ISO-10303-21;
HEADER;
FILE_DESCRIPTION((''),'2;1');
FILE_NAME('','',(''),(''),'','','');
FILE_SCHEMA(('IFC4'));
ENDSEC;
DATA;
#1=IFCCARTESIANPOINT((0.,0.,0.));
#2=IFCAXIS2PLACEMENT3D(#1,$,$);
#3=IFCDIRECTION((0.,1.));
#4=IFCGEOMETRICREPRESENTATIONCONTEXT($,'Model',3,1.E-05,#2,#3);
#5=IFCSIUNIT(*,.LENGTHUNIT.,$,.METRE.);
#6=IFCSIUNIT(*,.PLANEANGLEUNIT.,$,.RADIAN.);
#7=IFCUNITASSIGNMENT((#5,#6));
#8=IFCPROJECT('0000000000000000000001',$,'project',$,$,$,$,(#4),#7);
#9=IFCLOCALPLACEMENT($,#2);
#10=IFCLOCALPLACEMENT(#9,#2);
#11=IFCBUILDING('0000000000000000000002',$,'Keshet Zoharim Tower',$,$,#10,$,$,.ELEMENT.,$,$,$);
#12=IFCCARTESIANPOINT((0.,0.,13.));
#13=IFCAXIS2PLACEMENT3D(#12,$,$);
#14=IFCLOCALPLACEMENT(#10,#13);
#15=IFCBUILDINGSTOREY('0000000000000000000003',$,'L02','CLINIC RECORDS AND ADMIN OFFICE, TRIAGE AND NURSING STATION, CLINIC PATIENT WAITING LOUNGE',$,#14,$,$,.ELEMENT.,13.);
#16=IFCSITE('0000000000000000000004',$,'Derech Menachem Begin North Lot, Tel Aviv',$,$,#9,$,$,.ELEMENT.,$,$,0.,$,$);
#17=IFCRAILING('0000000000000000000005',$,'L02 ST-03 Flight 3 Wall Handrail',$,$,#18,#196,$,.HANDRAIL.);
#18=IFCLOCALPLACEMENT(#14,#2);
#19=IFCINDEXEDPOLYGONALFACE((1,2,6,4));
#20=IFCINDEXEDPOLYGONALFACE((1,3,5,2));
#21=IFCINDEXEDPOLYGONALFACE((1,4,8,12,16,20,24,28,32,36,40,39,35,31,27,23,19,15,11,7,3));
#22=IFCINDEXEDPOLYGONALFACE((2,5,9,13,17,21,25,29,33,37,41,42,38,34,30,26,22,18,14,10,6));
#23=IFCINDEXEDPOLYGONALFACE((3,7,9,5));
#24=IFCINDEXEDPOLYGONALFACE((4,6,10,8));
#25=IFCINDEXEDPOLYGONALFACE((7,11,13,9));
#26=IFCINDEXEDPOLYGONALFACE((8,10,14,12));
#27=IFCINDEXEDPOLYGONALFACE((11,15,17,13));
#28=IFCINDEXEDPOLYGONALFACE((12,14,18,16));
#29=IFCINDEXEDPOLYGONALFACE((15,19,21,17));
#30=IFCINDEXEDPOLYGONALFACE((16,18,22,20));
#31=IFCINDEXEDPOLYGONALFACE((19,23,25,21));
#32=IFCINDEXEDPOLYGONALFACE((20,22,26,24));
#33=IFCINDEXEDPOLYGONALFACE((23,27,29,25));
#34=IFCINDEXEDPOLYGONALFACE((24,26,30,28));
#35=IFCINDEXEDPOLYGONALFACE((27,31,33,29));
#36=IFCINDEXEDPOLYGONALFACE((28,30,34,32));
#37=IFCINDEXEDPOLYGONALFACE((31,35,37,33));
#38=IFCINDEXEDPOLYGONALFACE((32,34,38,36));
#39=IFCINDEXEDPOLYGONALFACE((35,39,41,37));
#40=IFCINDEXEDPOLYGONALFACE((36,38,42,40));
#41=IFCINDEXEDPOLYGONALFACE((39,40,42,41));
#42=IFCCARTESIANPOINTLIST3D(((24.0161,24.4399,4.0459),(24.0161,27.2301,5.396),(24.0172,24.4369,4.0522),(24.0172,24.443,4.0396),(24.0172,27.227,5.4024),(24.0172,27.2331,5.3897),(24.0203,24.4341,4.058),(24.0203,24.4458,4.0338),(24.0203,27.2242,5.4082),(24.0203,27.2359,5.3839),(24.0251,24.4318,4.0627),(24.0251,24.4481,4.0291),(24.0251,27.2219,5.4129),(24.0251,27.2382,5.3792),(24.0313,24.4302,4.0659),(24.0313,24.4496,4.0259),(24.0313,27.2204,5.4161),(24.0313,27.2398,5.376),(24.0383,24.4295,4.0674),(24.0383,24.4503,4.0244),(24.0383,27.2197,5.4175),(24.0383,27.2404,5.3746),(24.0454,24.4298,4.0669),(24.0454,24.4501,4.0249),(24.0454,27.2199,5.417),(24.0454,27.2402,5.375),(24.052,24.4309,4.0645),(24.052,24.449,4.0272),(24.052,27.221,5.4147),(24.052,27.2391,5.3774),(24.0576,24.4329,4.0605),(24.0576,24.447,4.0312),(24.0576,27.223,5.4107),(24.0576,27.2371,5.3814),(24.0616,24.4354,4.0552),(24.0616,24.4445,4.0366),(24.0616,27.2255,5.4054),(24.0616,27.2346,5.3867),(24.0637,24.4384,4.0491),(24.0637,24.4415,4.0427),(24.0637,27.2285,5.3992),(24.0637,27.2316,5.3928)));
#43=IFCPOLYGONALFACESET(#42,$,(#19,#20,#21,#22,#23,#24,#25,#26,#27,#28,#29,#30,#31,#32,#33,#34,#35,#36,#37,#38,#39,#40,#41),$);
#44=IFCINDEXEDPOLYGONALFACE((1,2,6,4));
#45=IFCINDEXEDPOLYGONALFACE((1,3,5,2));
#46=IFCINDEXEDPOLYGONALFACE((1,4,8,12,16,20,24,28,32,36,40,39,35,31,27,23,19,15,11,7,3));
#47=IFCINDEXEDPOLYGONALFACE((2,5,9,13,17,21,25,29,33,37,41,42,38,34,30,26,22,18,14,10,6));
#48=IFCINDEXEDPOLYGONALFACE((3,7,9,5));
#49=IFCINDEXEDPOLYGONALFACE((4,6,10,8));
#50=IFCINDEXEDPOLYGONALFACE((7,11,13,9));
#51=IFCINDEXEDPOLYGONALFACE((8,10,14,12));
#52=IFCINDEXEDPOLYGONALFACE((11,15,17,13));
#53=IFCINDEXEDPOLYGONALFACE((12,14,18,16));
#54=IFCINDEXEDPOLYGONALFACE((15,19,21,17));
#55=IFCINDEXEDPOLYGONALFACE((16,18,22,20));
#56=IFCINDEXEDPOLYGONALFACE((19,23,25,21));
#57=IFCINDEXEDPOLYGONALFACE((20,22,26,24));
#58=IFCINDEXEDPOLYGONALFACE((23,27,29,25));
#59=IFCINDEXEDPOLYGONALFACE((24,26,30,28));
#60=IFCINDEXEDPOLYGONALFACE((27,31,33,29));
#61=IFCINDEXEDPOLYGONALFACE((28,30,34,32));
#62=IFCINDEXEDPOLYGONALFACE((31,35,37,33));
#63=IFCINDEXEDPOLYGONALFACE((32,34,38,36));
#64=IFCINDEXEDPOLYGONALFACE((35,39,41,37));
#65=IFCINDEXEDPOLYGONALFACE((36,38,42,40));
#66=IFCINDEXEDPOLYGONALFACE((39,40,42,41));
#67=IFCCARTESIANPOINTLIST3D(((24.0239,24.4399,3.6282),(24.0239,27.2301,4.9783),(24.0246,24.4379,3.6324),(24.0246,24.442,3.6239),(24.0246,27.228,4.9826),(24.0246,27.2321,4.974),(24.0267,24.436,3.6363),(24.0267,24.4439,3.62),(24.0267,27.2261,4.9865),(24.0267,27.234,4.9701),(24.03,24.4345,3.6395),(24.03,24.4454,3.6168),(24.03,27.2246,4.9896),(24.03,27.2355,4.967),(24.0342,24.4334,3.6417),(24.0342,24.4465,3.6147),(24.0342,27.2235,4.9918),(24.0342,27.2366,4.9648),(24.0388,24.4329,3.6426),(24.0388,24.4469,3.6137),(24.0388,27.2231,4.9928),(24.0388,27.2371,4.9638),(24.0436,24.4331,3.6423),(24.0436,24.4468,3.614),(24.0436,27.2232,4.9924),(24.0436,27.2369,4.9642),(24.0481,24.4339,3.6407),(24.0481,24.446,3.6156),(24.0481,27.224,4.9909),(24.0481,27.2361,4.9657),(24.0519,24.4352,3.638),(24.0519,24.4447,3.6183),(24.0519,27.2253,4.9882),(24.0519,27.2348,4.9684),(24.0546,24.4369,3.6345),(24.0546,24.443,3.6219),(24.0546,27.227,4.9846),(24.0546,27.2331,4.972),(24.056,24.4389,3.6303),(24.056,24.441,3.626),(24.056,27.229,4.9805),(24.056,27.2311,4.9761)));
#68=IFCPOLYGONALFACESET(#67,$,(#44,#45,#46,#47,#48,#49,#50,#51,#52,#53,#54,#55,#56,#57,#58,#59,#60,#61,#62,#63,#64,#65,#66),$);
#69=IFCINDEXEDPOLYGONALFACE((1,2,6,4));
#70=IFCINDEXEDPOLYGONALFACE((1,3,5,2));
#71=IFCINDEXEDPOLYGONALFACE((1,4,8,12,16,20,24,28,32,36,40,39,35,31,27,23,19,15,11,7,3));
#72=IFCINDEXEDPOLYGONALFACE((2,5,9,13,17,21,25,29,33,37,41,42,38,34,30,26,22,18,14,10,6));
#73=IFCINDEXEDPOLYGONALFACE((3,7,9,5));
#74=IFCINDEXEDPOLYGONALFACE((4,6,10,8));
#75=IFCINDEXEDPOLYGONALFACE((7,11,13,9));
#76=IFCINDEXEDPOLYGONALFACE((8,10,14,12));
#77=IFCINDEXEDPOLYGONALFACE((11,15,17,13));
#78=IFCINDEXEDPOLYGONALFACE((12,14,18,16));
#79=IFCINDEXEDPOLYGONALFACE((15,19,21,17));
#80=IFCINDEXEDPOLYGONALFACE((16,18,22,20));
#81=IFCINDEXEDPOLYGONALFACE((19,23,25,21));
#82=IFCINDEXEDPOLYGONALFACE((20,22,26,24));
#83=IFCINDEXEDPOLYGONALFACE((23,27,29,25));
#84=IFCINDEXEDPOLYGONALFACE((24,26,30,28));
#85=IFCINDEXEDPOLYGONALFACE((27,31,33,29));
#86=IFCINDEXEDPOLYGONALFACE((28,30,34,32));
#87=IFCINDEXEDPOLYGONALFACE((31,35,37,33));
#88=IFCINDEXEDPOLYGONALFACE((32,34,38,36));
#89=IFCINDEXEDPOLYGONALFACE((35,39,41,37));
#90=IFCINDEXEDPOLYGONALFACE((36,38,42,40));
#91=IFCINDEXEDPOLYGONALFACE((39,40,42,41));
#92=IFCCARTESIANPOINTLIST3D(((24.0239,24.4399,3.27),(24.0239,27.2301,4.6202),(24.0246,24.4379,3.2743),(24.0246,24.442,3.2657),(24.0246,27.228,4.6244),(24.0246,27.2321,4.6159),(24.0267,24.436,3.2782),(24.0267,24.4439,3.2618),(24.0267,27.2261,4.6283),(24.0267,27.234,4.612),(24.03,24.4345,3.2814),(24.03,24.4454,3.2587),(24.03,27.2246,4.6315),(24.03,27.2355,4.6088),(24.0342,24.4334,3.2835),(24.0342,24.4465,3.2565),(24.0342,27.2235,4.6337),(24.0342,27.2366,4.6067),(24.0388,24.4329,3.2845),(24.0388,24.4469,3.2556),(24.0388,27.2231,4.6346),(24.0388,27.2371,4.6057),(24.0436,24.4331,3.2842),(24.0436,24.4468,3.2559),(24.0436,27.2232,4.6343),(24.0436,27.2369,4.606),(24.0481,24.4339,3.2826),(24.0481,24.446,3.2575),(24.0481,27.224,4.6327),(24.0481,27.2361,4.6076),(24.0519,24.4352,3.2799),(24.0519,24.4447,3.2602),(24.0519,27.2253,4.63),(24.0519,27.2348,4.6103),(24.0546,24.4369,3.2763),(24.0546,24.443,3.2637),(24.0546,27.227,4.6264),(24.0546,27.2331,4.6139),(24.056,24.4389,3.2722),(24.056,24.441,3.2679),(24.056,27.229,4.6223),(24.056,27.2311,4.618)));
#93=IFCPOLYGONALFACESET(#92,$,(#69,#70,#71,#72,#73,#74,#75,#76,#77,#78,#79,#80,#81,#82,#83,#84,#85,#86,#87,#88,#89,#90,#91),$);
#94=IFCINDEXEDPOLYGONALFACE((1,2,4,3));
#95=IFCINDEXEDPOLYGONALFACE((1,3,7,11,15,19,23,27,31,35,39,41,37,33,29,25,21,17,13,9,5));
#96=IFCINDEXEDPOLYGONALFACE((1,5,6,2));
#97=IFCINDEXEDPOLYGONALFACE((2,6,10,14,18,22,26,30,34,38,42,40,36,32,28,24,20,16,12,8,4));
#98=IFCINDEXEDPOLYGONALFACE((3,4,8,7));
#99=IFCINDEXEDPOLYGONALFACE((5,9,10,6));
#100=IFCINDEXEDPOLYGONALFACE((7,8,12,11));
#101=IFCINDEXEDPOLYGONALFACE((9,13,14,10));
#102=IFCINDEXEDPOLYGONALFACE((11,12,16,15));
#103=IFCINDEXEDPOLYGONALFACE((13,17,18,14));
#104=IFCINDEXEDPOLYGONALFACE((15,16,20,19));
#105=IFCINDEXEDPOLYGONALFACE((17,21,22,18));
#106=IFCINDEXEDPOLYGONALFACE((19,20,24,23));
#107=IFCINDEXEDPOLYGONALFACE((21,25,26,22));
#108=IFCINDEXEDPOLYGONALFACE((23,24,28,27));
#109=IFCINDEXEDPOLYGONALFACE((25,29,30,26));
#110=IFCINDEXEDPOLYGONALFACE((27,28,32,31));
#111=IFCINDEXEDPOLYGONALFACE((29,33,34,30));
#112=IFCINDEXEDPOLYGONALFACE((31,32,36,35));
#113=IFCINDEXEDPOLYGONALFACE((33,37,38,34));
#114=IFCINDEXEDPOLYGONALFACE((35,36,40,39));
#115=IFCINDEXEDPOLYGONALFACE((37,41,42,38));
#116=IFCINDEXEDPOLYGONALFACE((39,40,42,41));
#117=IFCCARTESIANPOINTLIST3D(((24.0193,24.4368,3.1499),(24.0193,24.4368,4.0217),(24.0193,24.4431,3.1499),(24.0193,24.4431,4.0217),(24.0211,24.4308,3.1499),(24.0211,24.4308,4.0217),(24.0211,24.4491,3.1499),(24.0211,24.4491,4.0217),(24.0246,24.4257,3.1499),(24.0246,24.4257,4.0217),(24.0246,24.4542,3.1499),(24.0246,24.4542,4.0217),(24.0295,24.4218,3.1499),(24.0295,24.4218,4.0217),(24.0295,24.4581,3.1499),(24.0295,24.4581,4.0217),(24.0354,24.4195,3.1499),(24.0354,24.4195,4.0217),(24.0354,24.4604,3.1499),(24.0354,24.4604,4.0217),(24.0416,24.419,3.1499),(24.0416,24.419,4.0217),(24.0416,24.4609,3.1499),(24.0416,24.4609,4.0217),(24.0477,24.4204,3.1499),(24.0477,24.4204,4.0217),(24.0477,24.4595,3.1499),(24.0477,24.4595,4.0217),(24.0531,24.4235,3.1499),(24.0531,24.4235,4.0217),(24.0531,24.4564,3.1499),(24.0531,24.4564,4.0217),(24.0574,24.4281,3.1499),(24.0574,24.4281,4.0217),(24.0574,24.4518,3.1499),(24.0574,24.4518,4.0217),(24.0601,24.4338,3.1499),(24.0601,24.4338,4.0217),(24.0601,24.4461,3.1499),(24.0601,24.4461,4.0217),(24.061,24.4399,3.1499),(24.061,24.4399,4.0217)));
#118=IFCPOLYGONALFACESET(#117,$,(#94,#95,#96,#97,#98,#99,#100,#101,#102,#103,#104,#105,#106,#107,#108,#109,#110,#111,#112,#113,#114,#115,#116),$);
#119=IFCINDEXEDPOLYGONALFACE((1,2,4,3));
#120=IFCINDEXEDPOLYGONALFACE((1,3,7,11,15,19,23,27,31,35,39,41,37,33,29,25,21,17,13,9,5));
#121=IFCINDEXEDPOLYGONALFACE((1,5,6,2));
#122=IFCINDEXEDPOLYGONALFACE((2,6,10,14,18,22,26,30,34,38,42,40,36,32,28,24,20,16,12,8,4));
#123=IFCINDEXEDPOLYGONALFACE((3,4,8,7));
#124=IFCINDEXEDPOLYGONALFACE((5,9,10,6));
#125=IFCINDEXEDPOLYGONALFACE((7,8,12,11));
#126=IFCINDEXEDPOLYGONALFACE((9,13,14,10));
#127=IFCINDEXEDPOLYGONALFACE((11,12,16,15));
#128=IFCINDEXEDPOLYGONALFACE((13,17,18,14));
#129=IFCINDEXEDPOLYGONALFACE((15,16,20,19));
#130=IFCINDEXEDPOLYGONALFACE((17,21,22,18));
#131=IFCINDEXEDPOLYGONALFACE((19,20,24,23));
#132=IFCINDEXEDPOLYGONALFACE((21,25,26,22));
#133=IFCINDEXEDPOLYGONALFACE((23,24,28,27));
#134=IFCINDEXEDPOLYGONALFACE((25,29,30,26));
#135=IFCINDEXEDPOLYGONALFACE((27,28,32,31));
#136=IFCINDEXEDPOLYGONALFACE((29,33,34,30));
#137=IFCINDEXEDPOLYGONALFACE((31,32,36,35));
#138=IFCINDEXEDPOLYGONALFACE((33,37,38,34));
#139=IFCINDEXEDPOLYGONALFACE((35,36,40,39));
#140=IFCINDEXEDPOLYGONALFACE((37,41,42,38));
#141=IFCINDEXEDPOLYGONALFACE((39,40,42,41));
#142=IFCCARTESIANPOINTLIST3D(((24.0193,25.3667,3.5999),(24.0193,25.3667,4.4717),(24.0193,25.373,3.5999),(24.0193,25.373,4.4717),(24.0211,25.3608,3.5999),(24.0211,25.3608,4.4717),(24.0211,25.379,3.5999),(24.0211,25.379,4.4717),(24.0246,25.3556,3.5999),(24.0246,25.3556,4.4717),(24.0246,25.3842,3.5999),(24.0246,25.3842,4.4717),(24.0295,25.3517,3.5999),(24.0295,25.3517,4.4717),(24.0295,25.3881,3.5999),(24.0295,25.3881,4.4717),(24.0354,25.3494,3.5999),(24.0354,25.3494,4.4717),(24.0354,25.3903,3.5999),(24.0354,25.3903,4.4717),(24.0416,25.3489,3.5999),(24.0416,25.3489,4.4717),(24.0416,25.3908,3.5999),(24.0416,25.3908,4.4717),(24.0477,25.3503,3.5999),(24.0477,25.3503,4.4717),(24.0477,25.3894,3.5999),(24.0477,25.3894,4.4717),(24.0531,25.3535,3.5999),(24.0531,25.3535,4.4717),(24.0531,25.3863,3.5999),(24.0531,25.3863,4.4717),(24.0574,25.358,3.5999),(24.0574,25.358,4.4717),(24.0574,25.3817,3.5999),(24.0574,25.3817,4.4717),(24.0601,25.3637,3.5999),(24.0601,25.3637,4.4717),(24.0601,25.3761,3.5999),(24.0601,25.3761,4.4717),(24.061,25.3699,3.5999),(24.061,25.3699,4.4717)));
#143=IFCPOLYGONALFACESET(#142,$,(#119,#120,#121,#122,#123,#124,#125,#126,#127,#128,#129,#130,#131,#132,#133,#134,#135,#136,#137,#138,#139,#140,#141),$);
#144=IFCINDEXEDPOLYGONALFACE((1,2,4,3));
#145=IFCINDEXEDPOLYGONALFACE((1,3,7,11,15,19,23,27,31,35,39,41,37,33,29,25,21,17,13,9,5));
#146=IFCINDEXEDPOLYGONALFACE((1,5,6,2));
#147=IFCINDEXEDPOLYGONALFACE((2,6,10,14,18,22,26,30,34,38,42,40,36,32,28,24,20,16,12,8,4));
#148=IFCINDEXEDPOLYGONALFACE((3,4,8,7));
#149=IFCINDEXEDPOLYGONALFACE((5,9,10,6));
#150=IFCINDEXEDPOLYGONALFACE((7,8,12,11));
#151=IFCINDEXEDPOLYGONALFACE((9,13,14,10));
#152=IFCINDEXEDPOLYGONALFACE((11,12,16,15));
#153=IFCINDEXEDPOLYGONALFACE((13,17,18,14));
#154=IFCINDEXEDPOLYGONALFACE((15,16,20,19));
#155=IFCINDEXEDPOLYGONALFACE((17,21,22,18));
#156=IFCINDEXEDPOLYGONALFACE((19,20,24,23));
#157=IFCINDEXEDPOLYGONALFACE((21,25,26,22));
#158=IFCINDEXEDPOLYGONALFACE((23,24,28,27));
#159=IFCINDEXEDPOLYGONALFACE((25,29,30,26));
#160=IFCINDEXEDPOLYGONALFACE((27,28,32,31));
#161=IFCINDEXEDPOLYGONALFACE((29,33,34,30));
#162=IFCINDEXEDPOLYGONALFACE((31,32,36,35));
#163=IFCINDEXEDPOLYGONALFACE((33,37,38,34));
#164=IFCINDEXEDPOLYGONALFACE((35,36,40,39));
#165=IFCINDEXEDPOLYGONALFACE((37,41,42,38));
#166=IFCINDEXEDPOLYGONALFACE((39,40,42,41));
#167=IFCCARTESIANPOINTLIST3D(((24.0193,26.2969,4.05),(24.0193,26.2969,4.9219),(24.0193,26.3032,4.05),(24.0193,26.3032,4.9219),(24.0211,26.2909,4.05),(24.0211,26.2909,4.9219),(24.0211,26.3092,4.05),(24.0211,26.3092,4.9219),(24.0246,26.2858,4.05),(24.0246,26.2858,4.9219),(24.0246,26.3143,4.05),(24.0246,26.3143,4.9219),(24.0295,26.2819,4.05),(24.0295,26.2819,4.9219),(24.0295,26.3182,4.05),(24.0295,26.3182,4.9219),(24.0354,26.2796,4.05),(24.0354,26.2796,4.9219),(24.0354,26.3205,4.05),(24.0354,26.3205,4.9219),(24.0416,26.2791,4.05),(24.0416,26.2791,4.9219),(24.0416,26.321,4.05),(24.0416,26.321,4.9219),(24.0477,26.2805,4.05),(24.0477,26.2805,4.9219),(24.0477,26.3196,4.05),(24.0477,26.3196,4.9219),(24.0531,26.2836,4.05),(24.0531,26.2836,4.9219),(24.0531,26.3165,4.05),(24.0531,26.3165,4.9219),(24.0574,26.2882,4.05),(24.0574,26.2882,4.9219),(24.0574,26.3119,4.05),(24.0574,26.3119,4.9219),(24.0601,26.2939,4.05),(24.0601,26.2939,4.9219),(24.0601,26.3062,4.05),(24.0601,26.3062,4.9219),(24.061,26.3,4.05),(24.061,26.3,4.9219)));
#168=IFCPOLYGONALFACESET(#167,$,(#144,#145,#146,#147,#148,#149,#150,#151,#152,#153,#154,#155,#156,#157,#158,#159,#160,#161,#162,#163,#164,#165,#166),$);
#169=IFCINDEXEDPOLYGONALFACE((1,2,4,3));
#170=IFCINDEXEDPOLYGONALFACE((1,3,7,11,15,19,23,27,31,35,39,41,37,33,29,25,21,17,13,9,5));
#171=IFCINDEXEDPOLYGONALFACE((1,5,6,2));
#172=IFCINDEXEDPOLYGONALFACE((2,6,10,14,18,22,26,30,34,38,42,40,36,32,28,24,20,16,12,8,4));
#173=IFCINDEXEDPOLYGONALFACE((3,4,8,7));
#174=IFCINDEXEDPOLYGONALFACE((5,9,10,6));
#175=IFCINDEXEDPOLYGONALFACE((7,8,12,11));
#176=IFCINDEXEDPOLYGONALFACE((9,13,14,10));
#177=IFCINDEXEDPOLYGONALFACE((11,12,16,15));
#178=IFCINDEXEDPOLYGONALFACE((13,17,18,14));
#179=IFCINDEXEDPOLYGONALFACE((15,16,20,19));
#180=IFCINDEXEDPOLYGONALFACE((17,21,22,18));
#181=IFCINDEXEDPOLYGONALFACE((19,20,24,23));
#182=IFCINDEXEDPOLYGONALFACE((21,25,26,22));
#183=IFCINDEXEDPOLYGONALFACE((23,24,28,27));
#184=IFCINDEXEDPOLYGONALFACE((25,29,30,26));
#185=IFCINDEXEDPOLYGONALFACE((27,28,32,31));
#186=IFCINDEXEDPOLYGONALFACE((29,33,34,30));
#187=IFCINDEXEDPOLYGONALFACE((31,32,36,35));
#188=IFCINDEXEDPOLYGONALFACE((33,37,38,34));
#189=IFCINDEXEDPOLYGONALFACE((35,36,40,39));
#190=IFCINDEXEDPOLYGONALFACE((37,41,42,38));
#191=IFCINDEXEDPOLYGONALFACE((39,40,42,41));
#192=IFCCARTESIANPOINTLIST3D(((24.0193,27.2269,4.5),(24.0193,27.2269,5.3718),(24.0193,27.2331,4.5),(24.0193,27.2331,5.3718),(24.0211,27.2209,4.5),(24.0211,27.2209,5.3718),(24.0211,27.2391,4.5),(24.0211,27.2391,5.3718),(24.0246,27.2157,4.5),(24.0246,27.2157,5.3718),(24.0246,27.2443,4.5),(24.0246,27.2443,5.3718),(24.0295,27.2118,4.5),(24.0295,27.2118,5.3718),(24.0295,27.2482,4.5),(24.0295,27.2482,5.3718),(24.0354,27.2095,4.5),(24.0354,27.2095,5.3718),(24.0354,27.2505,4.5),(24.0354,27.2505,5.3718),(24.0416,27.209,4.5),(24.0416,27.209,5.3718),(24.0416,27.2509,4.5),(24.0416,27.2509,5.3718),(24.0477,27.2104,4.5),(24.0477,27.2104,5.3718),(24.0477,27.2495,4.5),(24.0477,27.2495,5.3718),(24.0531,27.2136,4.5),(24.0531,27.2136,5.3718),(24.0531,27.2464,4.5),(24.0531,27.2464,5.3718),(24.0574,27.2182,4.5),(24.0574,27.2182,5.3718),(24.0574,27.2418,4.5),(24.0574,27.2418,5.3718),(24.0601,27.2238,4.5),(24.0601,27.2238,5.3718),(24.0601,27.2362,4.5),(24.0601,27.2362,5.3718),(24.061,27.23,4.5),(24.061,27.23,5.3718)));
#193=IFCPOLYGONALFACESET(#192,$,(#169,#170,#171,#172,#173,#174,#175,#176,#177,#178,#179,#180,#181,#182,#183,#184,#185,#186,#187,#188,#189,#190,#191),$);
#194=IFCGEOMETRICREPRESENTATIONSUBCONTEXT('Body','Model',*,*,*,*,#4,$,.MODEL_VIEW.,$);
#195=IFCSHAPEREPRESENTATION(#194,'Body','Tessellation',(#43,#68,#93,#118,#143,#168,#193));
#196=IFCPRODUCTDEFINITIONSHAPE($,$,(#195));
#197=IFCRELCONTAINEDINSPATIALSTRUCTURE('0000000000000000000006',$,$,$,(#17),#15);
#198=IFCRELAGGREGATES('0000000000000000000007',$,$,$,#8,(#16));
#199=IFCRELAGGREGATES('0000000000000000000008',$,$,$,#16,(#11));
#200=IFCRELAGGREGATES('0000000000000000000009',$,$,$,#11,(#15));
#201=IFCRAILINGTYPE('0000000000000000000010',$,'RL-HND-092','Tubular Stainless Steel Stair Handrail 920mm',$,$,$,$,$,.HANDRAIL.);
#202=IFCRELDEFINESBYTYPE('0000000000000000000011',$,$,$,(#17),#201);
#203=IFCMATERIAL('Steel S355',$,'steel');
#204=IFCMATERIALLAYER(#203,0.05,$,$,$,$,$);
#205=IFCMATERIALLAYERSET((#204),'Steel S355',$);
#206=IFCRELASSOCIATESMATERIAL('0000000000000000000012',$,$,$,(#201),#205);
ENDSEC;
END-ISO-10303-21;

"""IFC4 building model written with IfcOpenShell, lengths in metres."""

from ifc_helpers import new_model, si_unit, direction, frame, origin, origin_2d, place, context, subcontext, project, spatial, circle, extrude, material, layer, layer_set, type_object, element, save


model = new_model("IFC4")

# Units and contexts
model_context = context("Model", 3, precision=1e-05, world=origin(), true_north=direction((0.0, 1.0)))
body_context = subcontext(model_context, "Body", "Model", "MODEL_VIEW")
ifc_project = project(units=[si_unit("LENGTHUNIT", "METRE"), si_unit("PLANEANGLEUNIT", "RADIAN")], contexts=[model_context])

# Site, building, storey
site_placement = place(None, origin())
site = spatial("IfcSite", under=ifc_project, at=site_placement, Name="Derech Menachem Begin North Lot, Tel Aviv", CompositionType="ELEMENT", RefElevation=0.0)
building_placement = place(site_placement, origin())
building = spatial("IfcBuilding", under=site, at=building_placement, Name="Keshet Zoharim Tower", CompositionType="ELEMENT")
storey_placement = place(building_placement, frame((0.0, 0.0, 13.0)))
storey = spatial("IfcBuildingStorey", under=building, at=storey_placement, Name="L02", Description="CLINIC RECORDS AND ADMIN OFFICE, TRIAGE AND NURSING STATION, CLINIC PATIENT WAITING LOUNGE", CompositionType="ELEMENT", Elevation=13.0)

# Shared definitions
ifc_material_1 = material(Name="Steel S355", Category="steel")

# Railing
ifc_layer_1 = layer(ifc_material_1, 0.05)
ifc_layer_set_1 = layer_set([ifc_layer_1], Name="Steel S355")
railing_type_1 = type_object("IfcRailingType", Name="RL-HND-092", Description="Tubular Stainless Steel Stair Handrail 920mm", PredefinedType="HANDRAIL", material=ifc_layer_set_1)
railing_1_placement = place(storey_placement, frame((24.04, 24.4399, 3.1499)))
element("IfcRailing", 1, at=railing_1_placement, inside=storey, type_object=railing_type_1, Name="L02 ST-03 Flight 3 Wall Handrail", PredefinedType="HANDRAIL", context=body_context, shape_type="SweptSolid", body=[
    extrude(circle(Radius=0.0239, at=origin_2d()), frame((0.0, 0.0, 0.896), z_axis=(0.0, 0.900149, 0.435582), x_axis=(-1.0, 0.0, 0.0)), (0.0, 0.0, 1.0), 3.0996),
    extrude(circle(Radius=0.0161, at=origin_2d()), frame((0.0, 0.0, 0.4783), z_axis=(0.0, 0.900149, 0.435582), x_axis=(-1.0, 0.0, 0.0)), (0.0, 0.0, 1.0), 3.0996),
    extrude(circle(Radius=0.0161, at=origin_2d()), frame((0.0, 0.0, 0.1201), z_axis=(0.0, 0.900149, 0.435582), x_axis=(-1.0, 0.0, 0.0)), (0.0, 0.0, 1.0), 3.0996),
    extrude(circle(Radius=0.021, at=origin_2d()), origin(), (0.0, 0.0, 1.0), 0.8718),
    extrude(circle(Radius=0.021, at=origin_2d()), frame((0.0, 0.9299, 0.45)), (0.0, 0.0, 1.0), 0.8718),
    extrude(circle(Radius=0.021, at=origin_2d()), frame((0.0, 1.8601, 0.9001)), (0.0, 0.0, 1.0), 0.8718),
    extrude(circle(Radius=0.021, at=origin_2d()), frame((0.0, 2.79, 1.3501)), (0.0, 0.0, 1.0), 0.8718),
])

save(model, "model.ifc")
